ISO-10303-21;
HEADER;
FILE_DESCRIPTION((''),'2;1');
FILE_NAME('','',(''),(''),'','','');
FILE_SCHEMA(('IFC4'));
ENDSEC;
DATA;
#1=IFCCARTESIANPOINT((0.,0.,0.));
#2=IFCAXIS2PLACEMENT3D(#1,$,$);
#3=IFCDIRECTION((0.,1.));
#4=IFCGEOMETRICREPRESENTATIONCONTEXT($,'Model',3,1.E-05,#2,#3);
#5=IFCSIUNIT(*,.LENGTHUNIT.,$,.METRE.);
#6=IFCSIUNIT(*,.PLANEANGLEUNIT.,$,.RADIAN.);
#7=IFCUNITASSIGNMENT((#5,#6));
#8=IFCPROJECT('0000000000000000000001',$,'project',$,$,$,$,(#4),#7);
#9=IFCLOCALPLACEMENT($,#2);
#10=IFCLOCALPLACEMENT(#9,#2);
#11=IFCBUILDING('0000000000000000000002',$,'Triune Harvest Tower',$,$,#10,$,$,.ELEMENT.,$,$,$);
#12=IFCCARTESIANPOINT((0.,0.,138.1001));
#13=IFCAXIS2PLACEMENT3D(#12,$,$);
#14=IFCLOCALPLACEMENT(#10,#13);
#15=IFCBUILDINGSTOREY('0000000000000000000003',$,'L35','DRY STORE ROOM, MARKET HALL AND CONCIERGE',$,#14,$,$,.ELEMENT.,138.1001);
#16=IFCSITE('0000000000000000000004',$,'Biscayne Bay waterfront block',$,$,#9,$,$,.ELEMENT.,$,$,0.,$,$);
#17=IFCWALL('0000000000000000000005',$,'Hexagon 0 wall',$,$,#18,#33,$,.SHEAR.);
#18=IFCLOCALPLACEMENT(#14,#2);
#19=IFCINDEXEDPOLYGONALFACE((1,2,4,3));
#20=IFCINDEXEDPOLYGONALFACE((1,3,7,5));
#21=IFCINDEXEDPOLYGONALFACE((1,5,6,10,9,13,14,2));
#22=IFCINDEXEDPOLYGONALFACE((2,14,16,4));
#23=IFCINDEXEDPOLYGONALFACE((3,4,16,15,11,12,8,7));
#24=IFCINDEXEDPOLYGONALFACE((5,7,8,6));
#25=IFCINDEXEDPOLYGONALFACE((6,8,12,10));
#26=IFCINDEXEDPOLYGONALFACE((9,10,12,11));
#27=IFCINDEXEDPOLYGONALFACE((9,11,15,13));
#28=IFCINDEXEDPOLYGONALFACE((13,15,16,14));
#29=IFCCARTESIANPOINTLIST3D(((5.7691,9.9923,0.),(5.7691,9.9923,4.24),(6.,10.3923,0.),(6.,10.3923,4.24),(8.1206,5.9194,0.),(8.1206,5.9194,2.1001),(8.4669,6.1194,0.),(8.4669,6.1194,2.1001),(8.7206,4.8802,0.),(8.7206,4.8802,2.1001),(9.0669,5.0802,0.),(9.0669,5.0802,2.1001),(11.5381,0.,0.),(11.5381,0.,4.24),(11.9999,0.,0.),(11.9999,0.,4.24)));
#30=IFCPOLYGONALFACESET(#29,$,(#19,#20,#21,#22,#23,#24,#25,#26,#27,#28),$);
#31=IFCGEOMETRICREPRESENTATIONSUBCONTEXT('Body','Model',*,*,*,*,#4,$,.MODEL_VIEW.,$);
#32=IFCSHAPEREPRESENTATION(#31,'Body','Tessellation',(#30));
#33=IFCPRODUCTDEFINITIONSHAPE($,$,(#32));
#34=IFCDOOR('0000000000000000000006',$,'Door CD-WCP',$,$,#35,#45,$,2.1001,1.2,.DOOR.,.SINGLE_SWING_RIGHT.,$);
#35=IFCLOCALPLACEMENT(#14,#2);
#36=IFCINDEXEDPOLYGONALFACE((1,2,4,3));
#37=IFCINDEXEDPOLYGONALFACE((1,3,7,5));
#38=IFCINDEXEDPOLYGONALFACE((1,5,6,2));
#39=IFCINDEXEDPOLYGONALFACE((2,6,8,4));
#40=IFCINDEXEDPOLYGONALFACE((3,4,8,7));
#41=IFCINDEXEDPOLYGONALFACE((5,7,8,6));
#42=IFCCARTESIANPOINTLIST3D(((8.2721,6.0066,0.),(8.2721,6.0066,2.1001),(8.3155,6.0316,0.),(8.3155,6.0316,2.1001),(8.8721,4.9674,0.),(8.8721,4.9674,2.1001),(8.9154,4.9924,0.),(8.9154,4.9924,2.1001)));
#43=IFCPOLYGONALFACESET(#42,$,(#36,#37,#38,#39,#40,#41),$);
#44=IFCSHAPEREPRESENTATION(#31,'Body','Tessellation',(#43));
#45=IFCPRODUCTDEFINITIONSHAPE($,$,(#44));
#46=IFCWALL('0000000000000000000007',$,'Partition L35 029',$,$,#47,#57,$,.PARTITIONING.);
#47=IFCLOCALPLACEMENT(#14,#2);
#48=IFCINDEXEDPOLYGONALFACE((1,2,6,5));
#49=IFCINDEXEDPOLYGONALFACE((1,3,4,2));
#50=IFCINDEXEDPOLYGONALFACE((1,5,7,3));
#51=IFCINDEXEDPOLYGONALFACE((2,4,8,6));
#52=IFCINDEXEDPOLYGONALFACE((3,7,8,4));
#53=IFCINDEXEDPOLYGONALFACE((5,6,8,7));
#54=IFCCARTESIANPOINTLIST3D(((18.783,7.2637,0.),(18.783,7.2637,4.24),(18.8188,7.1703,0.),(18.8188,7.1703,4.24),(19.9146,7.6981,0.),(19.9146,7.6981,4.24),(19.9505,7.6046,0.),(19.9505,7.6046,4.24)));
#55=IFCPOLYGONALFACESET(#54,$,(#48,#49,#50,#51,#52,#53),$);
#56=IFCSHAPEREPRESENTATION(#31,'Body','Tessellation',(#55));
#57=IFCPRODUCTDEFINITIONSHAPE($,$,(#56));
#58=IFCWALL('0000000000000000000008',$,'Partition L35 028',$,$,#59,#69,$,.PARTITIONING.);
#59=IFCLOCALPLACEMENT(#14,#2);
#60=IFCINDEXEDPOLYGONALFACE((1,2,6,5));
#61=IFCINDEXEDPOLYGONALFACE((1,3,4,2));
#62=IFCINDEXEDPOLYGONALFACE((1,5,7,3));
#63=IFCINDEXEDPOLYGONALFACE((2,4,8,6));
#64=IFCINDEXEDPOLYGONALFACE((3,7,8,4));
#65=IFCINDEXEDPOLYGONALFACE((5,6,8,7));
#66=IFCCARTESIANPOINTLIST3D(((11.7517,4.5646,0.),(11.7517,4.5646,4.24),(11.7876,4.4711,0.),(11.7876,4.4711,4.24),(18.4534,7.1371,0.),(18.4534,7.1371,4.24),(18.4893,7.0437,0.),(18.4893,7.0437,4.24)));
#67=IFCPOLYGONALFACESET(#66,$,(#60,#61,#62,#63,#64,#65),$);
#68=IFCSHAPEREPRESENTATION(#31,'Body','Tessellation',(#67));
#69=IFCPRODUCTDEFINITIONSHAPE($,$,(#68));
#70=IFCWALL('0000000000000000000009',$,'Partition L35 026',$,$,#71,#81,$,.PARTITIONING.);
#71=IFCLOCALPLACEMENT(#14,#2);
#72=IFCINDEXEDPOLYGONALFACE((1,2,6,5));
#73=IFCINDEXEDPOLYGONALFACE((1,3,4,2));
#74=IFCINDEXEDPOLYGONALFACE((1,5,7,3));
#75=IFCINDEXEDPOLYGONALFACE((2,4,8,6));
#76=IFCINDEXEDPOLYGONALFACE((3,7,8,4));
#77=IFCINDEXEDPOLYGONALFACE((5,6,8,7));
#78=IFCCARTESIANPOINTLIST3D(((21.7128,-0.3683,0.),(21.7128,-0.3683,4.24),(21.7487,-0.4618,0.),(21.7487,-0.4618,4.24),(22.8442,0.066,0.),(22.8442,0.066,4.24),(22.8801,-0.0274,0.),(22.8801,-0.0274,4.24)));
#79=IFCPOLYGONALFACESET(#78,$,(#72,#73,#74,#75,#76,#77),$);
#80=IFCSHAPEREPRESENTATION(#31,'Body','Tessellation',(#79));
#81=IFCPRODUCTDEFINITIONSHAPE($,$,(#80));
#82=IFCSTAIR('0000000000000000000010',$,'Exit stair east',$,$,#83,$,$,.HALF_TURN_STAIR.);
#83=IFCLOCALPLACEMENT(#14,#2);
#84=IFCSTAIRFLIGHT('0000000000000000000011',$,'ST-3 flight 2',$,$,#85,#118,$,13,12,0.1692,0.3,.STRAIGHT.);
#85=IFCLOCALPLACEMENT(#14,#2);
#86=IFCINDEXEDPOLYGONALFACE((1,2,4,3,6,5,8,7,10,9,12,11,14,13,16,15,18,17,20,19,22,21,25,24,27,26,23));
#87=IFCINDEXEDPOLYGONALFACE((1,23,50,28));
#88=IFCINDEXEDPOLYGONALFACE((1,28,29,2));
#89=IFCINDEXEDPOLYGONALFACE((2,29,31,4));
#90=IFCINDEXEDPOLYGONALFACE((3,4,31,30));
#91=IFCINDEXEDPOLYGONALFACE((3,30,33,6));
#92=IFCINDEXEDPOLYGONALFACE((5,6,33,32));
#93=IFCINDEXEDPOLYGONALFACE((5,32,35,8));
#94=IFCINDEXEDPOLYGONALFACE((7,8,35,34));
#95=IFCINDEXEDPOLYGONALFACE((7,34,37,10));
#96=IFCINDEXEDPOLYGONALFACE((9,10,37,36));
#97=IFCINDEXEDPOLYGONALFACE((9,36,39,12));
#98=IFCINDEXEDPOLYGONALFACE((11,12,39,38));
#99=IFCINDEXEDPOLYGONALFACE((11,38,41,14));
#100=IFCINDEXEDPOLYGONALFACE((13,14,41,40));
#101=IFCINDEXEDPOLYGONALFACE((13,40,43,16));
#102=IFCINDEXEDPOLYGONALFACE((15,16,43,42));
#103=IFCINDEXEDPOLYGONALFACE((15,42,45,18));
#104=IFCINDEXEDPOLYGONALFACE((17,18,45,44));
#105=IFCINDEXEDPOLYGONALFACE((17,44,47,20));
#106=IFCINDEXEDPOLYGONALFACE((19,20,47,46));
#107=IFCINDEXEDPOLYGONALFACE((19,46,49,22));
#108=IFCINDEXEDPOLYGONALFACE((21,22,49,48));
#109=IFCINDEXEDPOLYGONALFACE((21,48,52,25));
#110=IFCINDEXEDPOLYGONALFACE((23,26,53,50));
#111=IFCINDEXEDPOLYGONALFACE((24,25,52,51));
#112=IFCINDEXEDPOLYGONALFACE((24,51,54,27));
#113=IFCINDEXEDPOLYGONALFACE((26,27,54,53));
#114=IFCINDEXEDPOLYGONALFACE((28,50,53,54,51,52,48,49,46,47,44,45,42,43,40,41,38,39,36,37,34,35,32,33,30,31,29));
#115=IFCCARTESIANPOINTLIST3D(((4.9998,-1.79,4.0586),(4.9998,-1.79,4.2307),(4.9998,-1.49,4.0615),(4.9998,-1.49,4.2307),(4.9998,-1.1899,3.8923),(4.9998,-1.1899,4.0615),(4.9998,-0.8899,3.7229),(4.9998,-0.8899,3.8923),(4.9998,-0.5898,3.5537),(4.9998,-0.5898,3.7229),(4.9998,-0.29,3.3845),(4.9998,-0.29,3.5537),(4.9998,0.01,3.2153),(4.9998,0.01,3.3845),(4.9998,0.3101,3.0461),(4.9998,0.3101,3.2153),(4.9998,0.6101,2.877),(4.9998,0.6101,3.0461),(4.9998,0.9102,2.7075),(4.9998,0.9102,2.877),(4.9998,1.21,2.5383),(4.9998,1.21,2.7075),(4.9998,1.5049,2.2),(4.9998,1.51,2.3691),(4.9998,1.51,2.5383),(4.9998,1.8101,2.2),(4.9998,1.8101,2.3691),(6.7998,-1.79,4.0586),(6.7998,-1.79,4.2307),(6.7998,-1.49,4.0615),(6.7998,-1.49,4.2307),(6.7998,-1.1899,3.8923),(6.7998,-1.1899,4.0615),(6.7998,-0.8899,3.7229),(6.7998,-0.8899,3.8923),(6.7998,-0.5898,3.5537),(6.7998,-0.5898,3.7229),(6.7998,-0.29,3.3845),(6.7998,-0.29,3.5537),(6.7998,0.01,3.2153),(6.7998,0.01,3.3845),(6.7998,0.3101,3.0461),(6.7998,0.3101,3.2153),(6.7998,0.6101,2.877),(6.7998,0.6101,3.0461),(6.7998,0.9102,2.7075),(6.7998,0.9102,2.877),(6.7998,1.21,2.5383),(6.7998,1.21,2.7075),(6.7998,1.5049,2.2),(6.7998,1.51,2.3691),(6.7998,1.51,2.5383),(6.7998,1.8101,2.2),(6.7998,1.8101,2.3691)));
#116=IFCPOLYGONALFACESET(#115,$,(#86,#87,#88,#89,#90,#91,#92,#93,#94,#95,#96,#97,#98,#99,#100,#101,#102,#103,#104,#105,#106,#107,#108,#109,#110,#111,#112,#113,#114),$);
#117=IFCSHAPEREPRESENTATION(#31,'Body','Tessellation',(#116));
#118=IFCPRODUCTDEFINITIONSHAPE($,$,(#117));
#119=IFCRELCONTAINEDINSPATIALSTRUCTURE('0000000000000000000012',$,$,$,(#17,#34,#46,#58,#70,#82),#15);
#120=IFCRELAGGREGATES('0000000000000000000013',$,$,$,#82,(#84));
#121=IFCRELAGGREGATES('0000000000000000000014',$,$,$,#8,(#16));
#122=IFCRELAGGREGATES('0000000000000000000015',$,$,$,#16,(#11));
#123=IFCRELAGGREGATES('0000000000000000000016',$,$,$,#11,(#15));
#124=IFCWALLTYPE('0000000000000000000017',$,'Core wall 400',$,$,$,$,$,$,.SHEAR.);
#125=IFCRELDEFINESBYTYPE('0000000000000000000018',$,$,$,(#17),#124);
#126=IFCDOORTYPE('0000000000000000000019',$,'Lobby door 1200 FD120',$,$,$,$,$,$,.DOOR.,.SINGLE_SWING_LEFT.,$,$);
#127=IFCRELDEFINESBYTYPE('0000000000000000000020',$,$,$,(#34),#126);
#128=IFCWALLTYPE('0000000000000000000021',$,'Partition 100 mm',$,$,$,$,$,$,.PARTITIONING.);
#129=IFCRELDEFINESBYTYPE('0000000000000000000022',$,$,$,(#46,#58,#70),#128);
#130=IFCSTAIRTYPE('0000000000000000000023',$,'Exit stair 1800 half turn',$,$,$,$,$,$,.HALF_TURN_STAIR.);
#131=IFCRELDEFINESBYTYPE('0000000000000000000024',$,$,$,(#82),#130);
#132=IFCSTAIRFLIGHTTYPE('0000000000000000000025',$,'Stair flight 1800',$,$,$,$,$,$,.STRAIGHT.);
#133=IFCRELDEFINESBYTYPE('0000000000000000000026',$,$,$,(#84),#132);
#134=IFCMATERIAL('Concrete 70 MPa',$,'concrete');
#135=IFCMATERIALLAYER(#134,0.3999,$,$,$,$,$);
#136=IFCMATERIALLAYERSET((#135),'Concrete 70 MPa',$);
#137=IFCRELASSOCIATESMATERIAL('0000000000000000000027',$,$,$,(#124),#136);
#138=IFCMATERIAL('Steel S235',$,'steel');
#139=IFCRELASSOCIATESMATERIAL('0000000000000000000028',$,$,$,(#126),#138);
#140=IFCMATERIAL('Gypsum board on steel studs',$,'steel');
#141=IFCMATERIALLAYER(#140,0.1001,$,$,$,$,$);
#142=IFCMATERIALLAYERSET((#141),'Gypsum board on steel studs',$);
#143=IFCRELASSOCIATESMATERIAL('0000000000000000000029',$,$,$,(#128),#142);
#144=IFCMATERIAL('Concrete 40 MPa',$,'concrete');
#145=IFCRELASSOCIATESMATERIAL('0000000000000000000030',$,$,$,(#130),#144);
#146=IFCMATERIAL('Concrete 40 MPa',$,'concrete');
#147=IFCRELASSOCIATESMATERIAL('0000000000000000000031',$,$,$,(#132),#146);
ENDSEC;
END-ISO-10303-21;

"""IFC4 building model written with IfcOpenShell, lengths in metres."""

from ifc_helpers import new_model, si_unit, direction, frame, frame_2d, origin, place, context, subcontext, project, spatial, polyline, rectangle, outline, extrude, source, transform, mapped, material, layer, layer_set, type_object, element, fill, aggregate, save


model = new_model("IFC4")

# Units and contexts
model_context = context("Model", 3, precision=1e-05, world=origin(), true_north=direction((0.0, 1.0)))
body_context = subcontext(model_context, "Body", "Model", "MODEL_VIEW")
ifc_project = project(units=[si_unit("LENGTHUNIT", "METRE"), si_unit("PLANEANGLEUNIT", "RADIAN")], contexts=[model_context])

# Site, building, storey
site_placement = place(None, origin())
site = spatial("IfcSite", under=ifc_project, at=site_placement, Name="Biscayne Bay waterfront block", CompositionType="ELEMENT", RefElevation=0.0)
building_placement = place(site_placement, origin())
building = spatial("IfcBuilding", under=site, at=building_placement, Name="Triune Harvest Tower", CompositionType="ELEMENT")
storey_placement = place(building_placement, frame((0.0, 0.0, 138.1001)))
storey = spatial("IfcBuildingStorey", under=building, at=storey_placement, Name="L35", Description="DRY STORE ROOM, MARKET HALL AND CONCIERGE", CompositionType="ELEMENT", Elevation=138.1001)

# Wall, opening, door
ifc_material_1 = material(Name="Concrete 70 MPa", Category="concrete")
ifc_layer_1 = layer(ifc_material_1, 0.3999)
ifc_layer_set_1 = layer_set([ifc_layer_1], Name="Concrete 70 MPa")
wall_type_1 = type_object("IfcWallType", Name="Core wall 400", PredefinedType="SHEAR", material=ifc_layer_set_1)
shared_shape_1 = source(origin(), body_context, "Body", "SweptSolid", [
    extrude(outline(polyline([(-0.1155, -0.2), (11.8845, -0.2), (11.6536, 0.2), (0.1155, 0.2), (-0.1155, -0.2)])), origin(), (0.0, 0.0, 1.0), 4.24),
])
wall_1_placement = place(storey_placement, frame((11.769, 0.0, 0.0), z_axis=(0.0, 0.0, 1.0), x_axis=(-0.499997, 0.866027, 0.0)))
wall_1 = element("IfcWall", 1, at=wall_1_placement, inside=storey, type_object=wall_type_1, Name="Hexagon 0 wall", PredefinedType="SHEAR", context=body_context, shape_type="MappedRepresentation", body=[
    mapped(shared_shape_1, transform((0.0, 0.0, 0.0), scale=1.0)),
])
opening_1_placement = place(wall_1_placement, frame((5.7505, 0.0, 0.0)))
opening_1 = element("IfcOpeningElement", 2, at=opening_1_placement, cuts=wall_1, PredefinedType="OPENING", context=body_context, shape_type="SweptSolid", body=[
    extrude(rectangle(XDim=1.2, YDim=2.1001, at=frame_2d((0.6001, 1.05))), frame((0.0, 0.21, 0.0), z_axis=(0.0, -1.0, 0.0), x_axis=(1.0, 0.0, 0.0)), (0.0, 0.0, 1.0), 0.4199),
])
ifc_material_2 = material(Name="Steel S235", Category="steel")
door_type_1 = type_object("IfcDoorType", Name="Lobby door 1200 FD120", OperationType="SINGLE_SWING_LEFT", PredefinedType="DOOR", material=ifc_material_2)
door_1_placement = place(opening_1_placement, frame((1.2, 0.0, 0.0), z_axis=(0.0, 0.0, 1.0), x_axis=(-1.0, 0.0, 0.0)))
door_1 = element("IfcDoor", 3, at=door_1_placement, inside=storey, type_object=door_type_1, Name="Door CD-WCP", OperationType="SINGLE_SWING_RIGHT", OverallHeight=2.1001, OverallWidth=1.2, PredefinedType="DOOR", context=body_context, shape_type="SweptSolid", body=[
    extrude(rectangle(XDim=1.2, YDim=2.1001, at=frame_2d((0.6001, 1.05))), frame((0.0, 0.0249, 0.0), z_axis=(0.0, -1.0, 0.0), x_axis=(1.0, 0.0, 0.0)), (0.0, 0.0, 1.0), 0.05),
])
fill(opening_1, door_1)

# Walls
ifc_material_3 = material(Name="Gypsum board on steel studs", Category="steel")
ifc_layer_2 = layer(ifc_material_3, 0.1001)
ifc_layer_set_2 = layer_set([ifc_layer_2], Name="Gypsum board on steel studs")
wall_type_2 = type_object("IfcWallType", Name="Partition 100 mm", PredefinedType="PARTITIONING", material=ifc_layer_set_2)
shared_shape_2 = source(origin(), body_context, "Body", "SweptSolid", [
    extrude(rectangle(XDim=1.2122, YDim=0.1001, at=frame_2d((0.606, 0.0))), origin(), (0.0, 0.0, 1.0), 4.24),
])
wall_2_placement = place(storey_placement, frame((18.801, 7.217, 0.0), z_axis=(0.0, 0.0, 1.0), x_axis=(0.933595, 0.358331, 0.0)))
element("IfcWall", 4, at=wall_2_placement, inside=storey, type_object=wall_type_2, Name="Partition L35 029", PredefinedType="PARTITIONING", context=body_context, shape_type="MappedRepresentation", body=[
    mapped(shared_shape_2, transform((0.0, 0.0, 0.0), scale=1.0)),
])
shared_shape_3 = source(origin(), body_context, "Body", "SweptSolid", [
    extrude(rectangle(XDim=7.1785, YDim=0.1001, at=frame_2d((3.5894, 0.0))), origin(), (0.0, 0.0, 1.0), 4.24),
])
wall_3_placement = place(storey_placement, frame((11.7695, 4.5178, 0.0), z_axis=(0.0, 0.0, 1.0), x_axis=(0.933581, 0.358366, 0.0)))
element("IfcWall", 5, at=wall_3_placement, inside=storey, type_object=wall_type_2, Name="Partition L35 028", PredefinedType="PARTITIONING", context=body_context, shape_type="MappedRepresentation", body=[
    mapped(shared_shape_3, transform((0.0, 0.0, 0.0), scale=1.0)),
])
shared_shape_4 = source(origin(), body_context, "Body", "SweptSolid", [
    extrude(rectangle(XDim=1.2119, YDim=0.1001, at=frame_2d((0.606, 0.0))), origin(), (0.0, 0.0, 1.0), 4.24),
])
wall_4_placement = place(storey_placement, frame((21.7307, -0.415, 0.0), z_axis=(0.0, 0.0, 1.0), x_axis=(0.933569, 0.358399, 0.0)))
element("IfcWall", 6, at=wall_4_placement, inside=storey, type_object=wall_type_2, Name="Partition L35 026", PredefinedType="PARTITIONING", context=body_context, shape_type="MappedRepresentation", body=[
    mapped(shared_shape_4, transform((0.0, 0.0, 0.0), scale=1.0)),
])

# Stair, stair flight
ifc_material_4 = material(Name="Concrete 40 MPa", Category="concrete")
stair_type = type_object("IfcStairType", Name="Exit stair 1800 half turn", PredefinedType="HALF_TURN_STAIR", material=ifc_material_4)
stair_placement = place(storey_placement, origin())
stair = element("IfcStair", 7, at=stair_placement, inside=storey, type_object=stair_type, Name="Exit stair east", PredefinedType="HALF_TURN_STAIR")
ifc_material_5 = material(Name="Concrete 40 MPa", Category="concrete")
stair_flight_type = type_object("IfcStairFlightType", Name="Stair flight 1800", PredefinedType="STRAIGHT", material=ifc_material_5)
shared_shape_5 = source(origin(), body_context, "Body", "SweptSolid", [
    extrude(outline(polyline([(0.0, 0.0), (0.0, 0.1692), (0.3, 0.1692), (0.3, 0.3384), (0.6001, 0.3384), (0.6001, 0.5076), (0.8999, 0.5076), (0.8999, 0.677), (1.2, 0.677), (1.2, 0.8462), (1.5, 0.8462), (1.5, 1.0154), (1.8, 1.0154), (1.8, 1.1846), (2.1001, 1.1846), (2.1001, 1.3538), (2.3999, 1.3538), (2.3999, 1.5229), (2.7, 1.5229), (2.7, 1.6924), (3.0, 1.6924), (3.0, 1.8616), (3.3, 1.8616), (3.3, 2.0308), (3.6001, 2.0308), (3.6001, 2.2), (3.6001, 1.8586), (0.3052, 0.0), (0.0, 0.0)])), frame((0.0, 0.8999, 0.0), z_axis=(0.0, -1.0, 0.0), x_axis=(1.0, 0.0, 0.0)), (0.0, 0.0, 1.0), 1.8),
])
stair_flight_placement = place(storey_placement, frame((5.8999, 1.8101, 2.2), z_axis=(0.0, 0.0, 1.0), x_axis=(0.0, -1.0, 0.0)))
stair_flight = element("IfcStairFlight", 8, at=stair_flight_placement, type_object=stair_flight_type, Name="ST-3 flight 2", NumberOfRisers=13, NumberOfTreads=12, PredefinedType="STRAIGHT", RiserHeight=0.1692, TreadLength=0.3, context=body_context, shape_type="MappedRepresentation", body=[
    mapped(shared_shape_5, transform((0.0, 0.0, 0.0), scale=1.0)),
])
aggregate(stair, [stair_flight])

save(model, "model.ifc")
